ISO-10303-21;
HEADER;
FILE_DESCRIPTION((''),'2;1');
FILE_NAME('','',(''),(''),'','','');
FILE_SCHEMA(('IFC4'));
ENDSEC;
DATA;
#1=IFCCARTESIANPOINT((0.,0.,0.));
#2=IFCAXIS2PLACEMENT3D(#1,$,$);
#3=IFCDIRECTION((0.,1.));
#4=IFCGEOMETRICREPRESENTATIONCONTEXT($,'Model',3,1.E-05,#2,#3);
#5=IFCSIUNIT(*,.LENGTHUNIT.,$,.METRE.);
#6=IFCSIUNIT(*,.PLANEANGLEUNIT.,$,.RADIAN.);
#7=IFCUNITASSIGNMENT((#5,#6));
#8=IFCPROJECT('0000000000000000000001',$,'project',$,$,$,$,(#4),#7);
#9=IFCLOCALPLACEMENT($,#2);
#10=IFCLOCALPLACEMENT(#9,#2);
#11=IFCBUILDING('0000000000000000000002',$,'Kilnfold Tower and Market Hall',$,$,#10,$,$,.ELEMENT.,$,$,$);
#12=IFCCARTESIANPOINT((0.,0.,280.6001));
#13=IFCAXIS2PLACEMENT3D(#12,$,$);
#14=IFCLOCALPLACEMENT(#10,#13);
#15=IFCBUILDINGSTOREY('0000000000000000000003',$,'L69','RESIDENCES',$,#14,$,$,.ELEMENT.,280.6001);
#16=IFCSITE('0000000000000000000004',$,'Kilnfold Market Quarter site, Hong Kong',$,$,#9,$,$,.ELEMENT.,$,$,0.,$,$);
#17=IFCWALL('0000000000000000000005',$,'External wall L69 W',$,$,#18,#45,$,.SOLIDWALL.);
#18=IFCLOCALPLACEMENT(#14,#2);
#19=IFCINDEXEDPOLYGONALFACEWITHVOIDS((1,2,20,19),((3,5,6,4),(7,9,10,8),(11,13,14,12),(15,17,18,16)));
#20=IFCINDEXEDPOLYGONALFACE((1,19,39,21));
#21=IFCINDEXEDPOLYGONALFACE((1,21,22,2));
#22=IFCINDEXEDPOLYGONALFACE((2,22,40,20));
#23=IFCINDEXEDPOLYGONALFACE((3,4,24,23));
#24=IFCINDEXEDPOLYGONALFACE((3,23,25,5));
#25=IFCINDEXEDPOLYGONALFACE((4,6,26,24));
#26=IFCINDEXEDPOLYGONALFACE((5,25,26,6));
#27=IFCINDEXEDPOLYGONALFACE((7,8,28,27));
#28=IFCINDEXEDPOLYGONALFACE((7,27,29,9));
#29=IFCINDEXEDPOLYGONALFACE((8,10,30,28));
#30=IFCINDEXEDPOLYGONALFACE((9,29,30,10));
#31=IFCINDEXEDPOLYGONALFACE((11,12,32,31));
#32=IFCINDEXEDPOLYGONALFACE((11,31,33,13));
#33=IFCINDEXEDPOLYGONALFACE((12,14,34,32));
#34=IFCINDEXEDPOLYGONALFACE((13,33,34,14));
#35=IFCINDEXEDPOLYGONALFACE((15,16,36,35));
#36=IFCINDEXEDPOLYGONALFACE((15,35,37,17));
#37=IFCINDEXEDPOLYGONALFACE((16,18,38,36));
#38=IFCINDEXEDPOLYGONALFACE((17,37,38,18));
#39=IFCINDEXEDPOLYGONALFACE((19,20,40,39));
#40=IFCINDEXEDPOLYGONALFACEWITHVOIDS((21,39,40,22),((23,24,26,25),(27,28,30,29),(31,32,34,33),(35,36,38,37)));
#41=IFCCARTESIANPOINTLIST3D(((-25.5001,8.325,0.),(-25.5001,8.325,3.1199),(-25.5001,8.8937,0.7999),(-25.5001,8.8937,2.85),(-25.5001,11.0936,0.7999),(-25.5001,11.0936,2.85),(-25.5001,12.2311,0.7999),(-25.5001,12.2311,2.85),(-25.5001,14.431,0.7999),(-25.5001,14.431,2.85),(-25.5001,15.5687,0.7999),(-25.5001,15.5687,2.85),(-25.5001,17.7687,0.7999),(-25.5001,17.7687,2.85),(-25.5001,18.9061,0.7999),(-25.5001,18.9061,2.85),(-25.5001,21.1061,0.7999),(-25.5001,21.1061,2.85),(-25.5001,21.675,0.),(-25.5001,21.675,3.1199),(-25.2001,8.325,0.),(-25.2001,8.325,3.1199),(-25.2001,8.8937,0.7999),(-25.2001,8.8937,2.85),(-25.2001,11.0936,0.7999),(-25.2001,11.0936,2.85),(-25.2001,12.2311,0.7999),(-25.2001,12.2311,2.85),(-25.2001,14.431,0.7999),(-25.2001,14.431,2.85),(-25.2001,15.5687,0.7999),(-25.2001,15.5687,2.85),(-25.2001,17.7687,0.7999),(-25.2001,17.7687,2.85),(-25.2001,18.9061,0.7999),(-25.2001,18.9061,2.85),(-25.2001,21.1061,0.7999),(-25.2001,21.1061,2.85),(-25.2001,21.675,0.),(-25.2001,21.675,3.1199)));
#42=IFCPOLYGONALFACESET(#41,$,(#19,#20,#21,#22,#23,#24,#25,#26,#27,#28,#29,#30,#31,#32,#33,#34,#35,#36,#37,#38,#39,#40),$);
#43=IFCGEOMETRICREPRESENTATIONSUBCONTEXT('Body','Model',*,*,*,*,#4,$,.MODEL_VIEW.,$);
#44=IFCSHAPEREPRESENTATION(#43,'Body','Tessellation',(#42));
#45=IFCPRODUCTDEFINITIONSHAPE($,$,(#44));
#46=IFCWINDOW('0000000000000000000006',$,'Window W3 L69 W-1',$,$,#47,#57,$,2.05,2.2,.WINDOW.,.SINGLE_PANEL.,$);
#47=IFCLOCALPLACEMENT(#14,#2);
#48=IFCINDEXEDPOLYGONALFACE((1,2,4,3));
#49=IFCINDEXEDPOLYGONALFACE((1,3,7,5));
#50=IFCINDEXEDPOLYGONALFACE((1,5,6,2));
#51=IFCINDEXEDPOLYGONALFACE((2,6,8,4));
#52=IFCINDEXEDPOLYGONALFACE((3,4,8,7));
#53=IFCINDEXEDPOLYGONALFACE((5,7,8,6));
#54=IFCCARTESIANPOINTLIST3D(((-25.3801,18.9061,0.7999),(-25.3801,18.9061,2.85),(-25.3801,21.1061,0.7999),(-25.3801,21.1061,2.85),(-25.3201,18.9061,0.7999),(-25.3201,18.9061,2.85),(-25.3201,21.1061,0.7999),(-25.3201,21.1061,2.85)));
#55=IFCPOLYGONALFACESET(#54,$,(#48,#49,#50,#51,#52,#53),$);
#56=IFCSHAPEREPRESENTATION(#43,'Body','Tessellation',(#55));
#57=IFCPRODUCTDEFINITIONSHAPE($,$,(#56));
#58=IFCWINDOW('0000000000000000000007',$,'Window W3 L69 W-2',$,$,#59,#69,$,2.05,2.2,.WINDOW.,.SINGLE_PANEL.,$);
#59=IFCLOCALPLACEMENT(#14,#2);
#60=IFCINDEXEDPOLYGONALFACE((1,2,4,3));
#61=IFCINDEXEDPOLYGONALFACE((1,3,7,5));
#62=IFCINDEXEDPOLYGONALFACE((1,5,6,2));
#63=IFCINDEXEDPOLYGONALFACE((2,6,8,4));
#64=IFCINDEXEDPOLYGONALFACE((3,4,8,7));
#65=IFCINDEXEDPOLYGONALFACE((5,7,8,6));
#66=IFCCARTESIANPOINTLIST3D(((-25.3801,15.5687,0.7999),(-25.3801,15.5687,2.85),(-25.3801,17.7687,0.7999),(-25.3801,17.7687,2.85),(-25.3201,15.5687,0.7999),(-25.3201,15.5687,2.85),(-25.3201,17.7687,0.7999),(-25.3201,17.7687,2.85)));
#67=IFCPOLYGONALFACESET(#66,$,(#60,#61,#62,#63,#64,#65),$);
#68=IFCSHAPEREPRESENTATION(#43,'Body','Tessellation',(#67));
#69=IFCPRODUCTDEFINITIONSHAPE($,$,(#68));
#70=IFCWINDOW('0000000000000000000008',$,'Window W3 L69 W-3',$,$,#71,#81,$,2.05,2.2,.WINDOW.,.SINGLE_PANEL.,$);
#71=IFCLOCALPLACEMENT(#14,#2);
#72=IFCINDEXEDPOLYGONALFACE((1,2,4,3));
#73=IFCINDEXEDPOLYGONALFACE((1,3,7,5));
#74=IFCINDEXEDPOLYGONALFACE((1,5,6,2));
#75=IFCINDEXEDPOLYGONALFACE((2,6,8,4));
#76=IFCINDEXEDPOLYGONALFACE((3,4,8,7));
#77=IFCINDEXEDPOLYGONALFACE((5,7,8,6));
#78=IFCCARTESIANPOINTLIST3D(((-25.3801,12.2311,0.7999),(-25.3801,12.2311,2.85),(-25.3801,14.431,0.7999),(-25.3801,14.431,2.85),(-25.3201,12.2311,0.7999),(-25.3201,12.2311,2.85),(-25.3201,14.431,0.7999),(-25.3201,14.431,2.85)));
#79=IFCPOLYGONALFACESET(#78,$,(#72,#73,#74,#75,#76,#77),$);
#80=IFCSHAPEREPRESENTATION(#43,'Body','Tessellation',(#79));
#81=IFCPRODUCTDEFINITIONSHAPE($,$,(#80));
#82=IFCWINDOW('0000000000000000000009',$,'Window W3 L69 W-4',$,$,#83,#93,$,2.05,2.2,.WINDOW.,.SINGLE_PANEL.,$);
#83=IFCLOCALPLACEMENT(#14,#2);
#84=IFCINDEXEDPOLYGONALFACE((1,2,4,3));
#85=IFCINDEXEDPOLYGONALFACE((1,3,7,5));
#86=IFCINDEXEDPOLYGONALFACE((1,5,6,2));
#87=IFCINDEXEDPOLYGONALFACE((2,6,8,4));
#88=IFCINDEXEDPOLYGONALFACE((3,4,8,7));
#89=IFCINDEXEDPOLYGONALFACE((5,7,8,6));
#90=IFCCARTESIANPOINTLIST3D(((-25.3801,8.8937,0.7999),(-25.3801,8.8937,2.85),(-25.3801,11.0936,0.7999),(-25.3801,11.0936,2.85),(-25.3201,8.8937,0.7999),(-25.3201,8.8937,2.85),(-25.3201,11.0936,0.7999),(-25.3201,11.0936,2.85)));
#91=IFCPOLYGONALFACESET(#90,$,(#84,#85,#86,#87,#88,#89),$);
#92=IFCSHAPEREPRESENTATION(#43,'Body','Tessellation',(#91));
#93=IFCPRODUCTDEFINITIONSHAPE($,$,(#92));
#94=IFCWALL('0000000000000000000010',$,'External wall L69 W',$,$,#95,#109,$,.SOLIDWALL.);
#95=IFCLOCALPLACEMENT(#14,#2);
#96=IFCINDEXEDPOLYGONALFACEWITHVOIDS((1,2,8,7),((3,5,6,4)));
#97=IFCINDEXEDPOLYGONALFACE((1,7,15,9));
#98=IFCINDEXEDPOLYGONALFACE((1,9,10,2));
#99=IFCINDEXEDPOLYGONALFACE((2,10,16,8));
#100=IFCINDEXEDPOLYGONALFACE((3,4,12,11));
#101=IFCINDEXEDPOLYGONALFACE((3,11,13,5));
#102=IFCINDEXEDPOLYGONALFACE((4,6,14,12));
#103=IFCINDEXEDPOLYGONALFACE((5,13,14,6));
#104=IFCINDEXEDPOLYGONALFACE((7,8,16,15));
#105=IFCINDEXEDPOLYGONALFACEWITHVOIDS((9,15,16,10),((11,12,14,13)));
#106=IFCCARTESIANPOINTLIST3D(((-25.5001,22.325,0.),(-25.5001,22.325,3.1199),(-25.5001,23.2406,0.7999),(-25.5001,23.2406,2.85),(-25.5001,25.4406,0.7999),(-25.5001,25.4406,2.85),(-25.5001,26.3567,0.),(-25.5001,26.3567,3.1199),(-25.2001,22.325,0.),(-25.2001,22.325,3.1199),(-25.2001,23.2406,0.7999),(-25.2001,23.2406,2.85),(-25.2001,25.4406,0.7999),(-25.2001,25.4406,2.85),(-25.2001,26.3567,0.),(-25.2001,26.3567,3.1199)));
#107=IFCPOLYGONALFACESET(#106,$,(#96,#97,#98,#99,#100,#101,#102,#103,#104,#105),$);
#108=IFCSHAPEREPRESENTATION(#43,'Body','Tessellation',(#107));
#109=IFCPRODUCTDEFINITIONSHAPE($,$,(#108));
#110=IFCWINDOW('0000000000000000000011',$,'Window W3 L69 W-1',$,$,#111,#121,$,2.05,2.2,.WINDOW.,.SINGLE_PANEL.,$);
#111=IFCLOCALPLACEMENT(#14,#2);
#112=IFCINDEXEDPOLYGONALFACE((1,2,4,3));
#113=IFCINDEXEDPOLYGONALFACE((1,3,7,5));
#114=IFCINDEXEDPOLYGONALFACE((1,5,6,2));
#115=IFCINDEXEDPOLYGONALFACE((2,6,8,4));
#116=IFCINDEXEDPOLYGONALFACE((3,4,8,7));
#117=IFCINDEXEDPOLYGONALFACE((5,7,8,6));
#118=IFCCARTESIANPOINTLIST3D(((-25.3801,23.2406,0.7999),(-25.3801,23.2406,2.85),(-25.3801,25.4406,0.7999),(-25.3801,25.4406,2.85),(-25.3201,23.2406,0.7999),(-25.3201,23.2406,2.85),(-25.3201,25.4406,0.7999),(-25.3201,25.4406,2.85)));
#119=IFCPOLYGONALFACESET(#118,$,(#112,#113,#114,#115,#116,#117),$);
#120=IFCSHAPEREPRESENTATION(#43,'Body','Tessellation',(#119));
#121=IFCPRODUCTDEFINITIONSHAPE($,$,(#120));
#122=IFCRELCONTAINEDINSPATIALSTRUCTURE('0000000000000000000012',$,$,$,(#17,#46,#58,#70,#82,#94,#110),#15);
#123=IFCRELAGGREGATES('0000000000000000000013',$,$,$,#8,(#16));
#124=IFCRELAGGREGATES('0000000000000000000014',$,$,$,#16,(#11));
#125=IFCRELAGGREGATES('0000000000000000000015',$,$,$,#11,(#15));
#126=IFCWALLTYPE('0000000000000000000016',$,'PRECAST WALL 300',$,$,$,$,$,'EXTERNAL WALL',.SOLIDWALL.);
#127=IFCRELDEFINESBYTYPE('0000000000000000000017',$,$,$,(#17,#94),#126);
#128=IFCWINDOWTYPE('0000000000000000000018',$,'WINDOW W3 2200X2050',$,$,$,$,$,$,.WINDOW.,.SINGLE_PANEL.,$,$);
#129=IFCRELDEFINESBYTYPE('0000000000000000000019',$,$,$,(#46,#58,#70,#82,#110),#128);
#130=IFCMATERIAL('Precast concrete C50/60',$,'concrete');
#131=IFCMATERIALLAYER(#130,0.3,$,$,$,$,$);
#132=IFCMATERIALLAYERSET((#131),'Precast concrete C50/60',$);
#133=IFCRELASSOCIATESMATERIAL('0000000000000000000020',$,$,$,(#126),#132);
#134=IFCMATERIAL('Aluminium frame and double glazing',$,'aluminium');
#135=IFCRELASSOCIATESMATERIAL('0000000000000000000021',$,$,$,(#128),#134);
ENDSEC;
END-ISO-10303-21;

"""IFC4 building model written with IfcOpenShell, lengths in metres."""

from ifc_helpers import new_model, si_unit, direction, frame, frame_2d, origin, place, context, subcontext, project, spatial, rectangle, extrude, source, transform, mapped, material, layer, layer_set, type_object, element, fill, save


model = new_model("IFC4")

# Units and contexts
model_context = context("Model", 3, precision=1e-05, world=origin(), true_north=direction((0.0, 1.0)))
body_context = subcontext(model_context, "Body", "Model", "MODEL_VIEW")
ifc_project = project(units=[si_unit("LENGTHUNIT", "METRE"), si_unit("PLANEANGLEUNIT", "RADIAN")], contexts=[model_context])

# Site, building, storey
site_placement = place(None, origin())
site = spatial("IfcSite", under=ifc_project, at=site_placement, Name="Kilnfold Market Quarter site, Hong Kong", CompositionType="ELEMENT", RefElevation=0.0)
building_placement = place(site_placement, origin())
building = spatial("IfcBuilding", under=site, at=building_placement, Name="Kilnfold Tower and Market Hall", CompositionType="ELEMENT")
storey_placement = place(building_placement, frame((0.0, 0.0, 280.6001)))
storey = spatial("IfcBuildingStorey", under=building, at=storey_placement, Name="L69", Description="RESIDENCES", CompositionType="ELEMENT", Elevation=280.6001)

# Shared definitions
ifc_material_1 = material(Name="Precast concrete C50/60", Category="concrete")
ifc_layer_1 = layer(ifc_material_1, 0.3)
ifc_layer_set_1 = layer_set([ifc_layer_1], Name="Precast concrete C50/60")
wall_type_1 = type_object("IfcWallType", Name="PRECAST WALL 300", ElementType="EXTERNAL WALL", PredefinedType="SOLIDWALL", material=ifc_layer_set_1)
ifc_material_2 = material(Name="Aluminium frame and double glazing", Category="aluminium")
window_type = type_object("IfcWindowType", Name="WINDOW W3 2200X2050", PartitioningType="SINGLE_PANEL", PredefinedType="WINDOW", material=ifc_material_2)

# Wall, openings, windows
shared_shape_1 = source(origin(), body_context, "Body", "SweptSolid", [
    extrude(rectangle(XDim=13.3501, YDim=0.3, at=frame_2d((6.675, 0.0))), origin(), (0.0, 0.0, 1.0), 3.1199),
])
wall_1_placement = place(storey_placement, frame((-25.3501, 21.675, 0.0), z_axis=(0.0, 0.0, 1.0), x_axis=(0.0, -1.0, 0.0)))
wall_1 = element("IfcWall", 1, at=wall_1_placement, inside=storey, type_object=wall_type_1, Name="External wall L69 W", PredefinedType="SOLIDWALL", context=body_context, shape_type="MappedRepresentation", body=[
    mapped(shared_shape_1, transform((0.0, 0.0, 0.0))),
])
opening_1_placement = place(wall_1_placement, frame((0.5688, 0.0, 0.8)))
opening_1 = element("IfcOpeningElement", 2, at=opening_1_placement, cuts=wall_1, PredefinedType="OPENING", context=body_context, shape_type="SweptSolid", body=[
    extrude(rectangle(XDim=2.2, YDim=2.05, at=frame_2d((1.1001, 1.0249))), frame((0.0, 0.1602, 0.0), z_axis=(0.0, -1.0, 0.0), x_axis=(1.0, 0.0, 0.0)), (0.0, 0.0, 1.0), 0.3201),
])
opening_2_placement = place(wall_1_placement, frame((3.9062, 0.0, 0.8)))
opening_2 = element("IfcOpeningElement", 3, at=opening_2_placement, cuts=wall_1, PredefinedType="OPENING", context=body_context, shape_type="SweptSolid", body=[
    extrude(rectangle(XDim=2.2, YDim=2.05, at=frame_2d((1.1001, 1.0249))), frame((0.0, 0.1602, 0.0), z_axis=(0.0, -1.0, 0.0), x_axis=(1.0, 0.0, 0.0)), (0.0, 0.0, 1.0), 0.3201),
])
opening_3_placement = place(wall_1_placement, frame((7.2439, 0.0, 0.8)))
opening_3 = element("IfcOpeningElement", 4, at=opening_3_placement, cuts=wall_1, PredefinedType="OPENING", context=body_context, shape_type="SweptSolid", body=[
    extrude(rectangle(XDim=2.2, YDim=2.05, at=frame_2d((1.1001, 1.0249))), frame((0.0, 0.1602, 0.0), z_axis=(0.0, -1.0, 0.0), x_axis=(1.0, 0.0, 0.0)), (0.0, 0.0, 1.0), 0.3201),
])
opening_4_placement = place(wall_1_placement, frame((10.5813, 0.0, 0.8)))
opening_4 = element("IfcOpeningElement", 5, at=opening_4_placement, cuts=wall_1, PredefinedType="OPENING", context=body_context, shape_type="SweptSolid", body=[
    extrude(rectangle(XDim=2.2, YDim=2.05, at=frame_2d((1.1001, 1.0249))), frame((0.0, 0.1602, 0.0), z_axis=(0.0, -1.0, 0.0), x_axis=(1.0, 0.0, 0.0)), (0.0, 0.0, 1.0), 0.3201),
])
window_1_placement = place(opening_1_placement, origin())
window_1 = element("IfcWindow", 6, at=window_1_placement, inside=storey, type_object=window_type, Name="Window W3 L69 W-1", OverallHeight=2.05, OverallWidth=2.2, PartitioningType="SINGLE_PANEL", PredefinedType="WINDOW", context=body_context, shape_type="SweptSolid", body=[
    extrude(rectangle(XDim=2.2, YDim=2.05, at=frame_2d((1.1001, 1.0249))), frame((0.0, 0.03, 0.0), z_axis=(0.0, -1.0, 0.0), x_axis=(1.0, 0.0, 0.0)), (0.0, 0.0, 1.0), 0.0601),
])
fill(opening_1, window_1)
window_2_placement = place(opening_2_placement, origin())
window_2 = element("IfcWindow", 7, at=window_2_placement, inside=storey, type_object=window_type, Name="Window W3 L69 W-2", OverallHeight=2.05, OverallWidth=2.2, PartitioningType="SINGLE_PANEL", PredefinedType="WINDOW", context=body_context, shape_type="SweptSolid", body=[
    extrude(rectangle(XDim=2.2, YDim=2.05, at=frame_2d((1.1001, 1.0249))), frame((0.0, 0.03, 0.0), z_axis=(0.0, -1.0, 0.0), x_axis=(1.0, 0.0, 0.0)), (0.0, 0.0, 1.0), 0.0601),
])
fill(opening_2, window_2)
window_3_placement = place(opening_3_placement, origin())
window_3 = element("IfcWindow", 8, at=window_3_placement, inside=storey, type_object=window_type, Name="Window W3 L69 W-3", OverallHeight=2.05, OverallWidth=2.2, PartitioningType="SINGLE_PANEL", PredefinedType="WINDOW", context=body_context, shape_type="SweptSolid", body=[
    extrude(rectangle(XDim=2.2, YDim=2.05, at=frame_2d((1.1001, 1.0249))), frame((0.0, 0.03, 0.0), z_axis=(0.0, -1.0, 0.0), x_axis=(1.0, 0.0, 0.0)), (0.0, 0.0, 1.0), 0.0601),
])
fill(opening_3, window_3)
window_4_placement = place(opening_4_placement, origin())
window_4 = element("IfcWindow", 9, at=window_4_placement, inside=storey, type_object=window_type, Name="Window W3 L69 W-4", OverallHeight=2.05, OverallWidth=2.2, PartitioningType="SINGLE_PANEL", PredefinedType="WINDOW", context=body_context, shape_type="SweptSolid", body=[
    extrude(rectangle(XDim=2.2, YDim=2.05, at=frame_2d((1.1001, 1.0249))), frame((0.0, 0.03, 0.0), z_axis=(0.0, -1.0, 0.0), x_axis=(1.0, 0.0, 0.0)), (0.0, 0.0, 1.0), 0.0601),
])
fill(opening_4, window_4)

# Wall, opening, window
shared_shape_2 = source(origin(), body_context, "Body", "SweptSolid", [
    extrude(rectangle(XDim=4.0317, YDim=0.3, at=frame_2d((2.0159, 0.0))), origin(), (0.0, 0.0, 1.0), 3.1199),
])
wall_2_placement = place(storey_placement, frame((-25.3501, 26.3567, 0.0), z_axis=(0.0, 0.0, 1.0), x_axis=(0.0, -1.0, 0.0)))
wall_2 = element("IfcWall", 10, at=wall_2_placement, inside=storey, type_object=wall_type_1, Name="External wall L69 W", PredefinedType="SOLIDWALL", context=body_context, shape_type="MappedRepresentation", body=[
    mapped(shared_shape_2, transform((0.0, 0.0, 0.0))),
])
opening_5_placement = place(wall_2_placement, frame((0.916, 0.0, 0.8)))
opening_5 = element("IfcOpeningElement", 11, at=opening_5_placement, cuts=wall_2, PredefinedType="OPENING", context=body_context, shape_type="SweptSolid", body=[
    extrude(rectangle(XDim=2.2, YDim=2.05, at=frame_2d((1.1001, 1.0249))), frame((0.0, 0.1602, 0.0), z_axis=(0.0, -1.0, 0.0), x_axis=(1.0, 0.0, 0.0)), (0.0, 0.0, 1.0), 0.3201),
])
window_5_placement = place(opening_5_placement, origin())
window_5 = element("IfcWindow", 12, at=window_5_placement, inside=storey, type_object=window_type, Name="Window W3 L69 W-1", OverallHeight=2.05, OverallWidth=2.2, PartitioningType="SINGLE_PANEL", PredefinedType="WINDOW", context=body_context, shape_type="SweptSolid", body=[
    extrude(rectangle(XDim=2.2, YDim=2.05, at=frame_2d((1.1001, 1.0249))), frame((0.0, 0.03, 0.0), z_axis=(0.0, -1.0, 0.0), x_axis=(1.0, 0.0, 0.0)), (0.0, 0.0, 1.0), 0.0601),
])
fill(opening_5, window_5)

save(model, "model.ifc")
